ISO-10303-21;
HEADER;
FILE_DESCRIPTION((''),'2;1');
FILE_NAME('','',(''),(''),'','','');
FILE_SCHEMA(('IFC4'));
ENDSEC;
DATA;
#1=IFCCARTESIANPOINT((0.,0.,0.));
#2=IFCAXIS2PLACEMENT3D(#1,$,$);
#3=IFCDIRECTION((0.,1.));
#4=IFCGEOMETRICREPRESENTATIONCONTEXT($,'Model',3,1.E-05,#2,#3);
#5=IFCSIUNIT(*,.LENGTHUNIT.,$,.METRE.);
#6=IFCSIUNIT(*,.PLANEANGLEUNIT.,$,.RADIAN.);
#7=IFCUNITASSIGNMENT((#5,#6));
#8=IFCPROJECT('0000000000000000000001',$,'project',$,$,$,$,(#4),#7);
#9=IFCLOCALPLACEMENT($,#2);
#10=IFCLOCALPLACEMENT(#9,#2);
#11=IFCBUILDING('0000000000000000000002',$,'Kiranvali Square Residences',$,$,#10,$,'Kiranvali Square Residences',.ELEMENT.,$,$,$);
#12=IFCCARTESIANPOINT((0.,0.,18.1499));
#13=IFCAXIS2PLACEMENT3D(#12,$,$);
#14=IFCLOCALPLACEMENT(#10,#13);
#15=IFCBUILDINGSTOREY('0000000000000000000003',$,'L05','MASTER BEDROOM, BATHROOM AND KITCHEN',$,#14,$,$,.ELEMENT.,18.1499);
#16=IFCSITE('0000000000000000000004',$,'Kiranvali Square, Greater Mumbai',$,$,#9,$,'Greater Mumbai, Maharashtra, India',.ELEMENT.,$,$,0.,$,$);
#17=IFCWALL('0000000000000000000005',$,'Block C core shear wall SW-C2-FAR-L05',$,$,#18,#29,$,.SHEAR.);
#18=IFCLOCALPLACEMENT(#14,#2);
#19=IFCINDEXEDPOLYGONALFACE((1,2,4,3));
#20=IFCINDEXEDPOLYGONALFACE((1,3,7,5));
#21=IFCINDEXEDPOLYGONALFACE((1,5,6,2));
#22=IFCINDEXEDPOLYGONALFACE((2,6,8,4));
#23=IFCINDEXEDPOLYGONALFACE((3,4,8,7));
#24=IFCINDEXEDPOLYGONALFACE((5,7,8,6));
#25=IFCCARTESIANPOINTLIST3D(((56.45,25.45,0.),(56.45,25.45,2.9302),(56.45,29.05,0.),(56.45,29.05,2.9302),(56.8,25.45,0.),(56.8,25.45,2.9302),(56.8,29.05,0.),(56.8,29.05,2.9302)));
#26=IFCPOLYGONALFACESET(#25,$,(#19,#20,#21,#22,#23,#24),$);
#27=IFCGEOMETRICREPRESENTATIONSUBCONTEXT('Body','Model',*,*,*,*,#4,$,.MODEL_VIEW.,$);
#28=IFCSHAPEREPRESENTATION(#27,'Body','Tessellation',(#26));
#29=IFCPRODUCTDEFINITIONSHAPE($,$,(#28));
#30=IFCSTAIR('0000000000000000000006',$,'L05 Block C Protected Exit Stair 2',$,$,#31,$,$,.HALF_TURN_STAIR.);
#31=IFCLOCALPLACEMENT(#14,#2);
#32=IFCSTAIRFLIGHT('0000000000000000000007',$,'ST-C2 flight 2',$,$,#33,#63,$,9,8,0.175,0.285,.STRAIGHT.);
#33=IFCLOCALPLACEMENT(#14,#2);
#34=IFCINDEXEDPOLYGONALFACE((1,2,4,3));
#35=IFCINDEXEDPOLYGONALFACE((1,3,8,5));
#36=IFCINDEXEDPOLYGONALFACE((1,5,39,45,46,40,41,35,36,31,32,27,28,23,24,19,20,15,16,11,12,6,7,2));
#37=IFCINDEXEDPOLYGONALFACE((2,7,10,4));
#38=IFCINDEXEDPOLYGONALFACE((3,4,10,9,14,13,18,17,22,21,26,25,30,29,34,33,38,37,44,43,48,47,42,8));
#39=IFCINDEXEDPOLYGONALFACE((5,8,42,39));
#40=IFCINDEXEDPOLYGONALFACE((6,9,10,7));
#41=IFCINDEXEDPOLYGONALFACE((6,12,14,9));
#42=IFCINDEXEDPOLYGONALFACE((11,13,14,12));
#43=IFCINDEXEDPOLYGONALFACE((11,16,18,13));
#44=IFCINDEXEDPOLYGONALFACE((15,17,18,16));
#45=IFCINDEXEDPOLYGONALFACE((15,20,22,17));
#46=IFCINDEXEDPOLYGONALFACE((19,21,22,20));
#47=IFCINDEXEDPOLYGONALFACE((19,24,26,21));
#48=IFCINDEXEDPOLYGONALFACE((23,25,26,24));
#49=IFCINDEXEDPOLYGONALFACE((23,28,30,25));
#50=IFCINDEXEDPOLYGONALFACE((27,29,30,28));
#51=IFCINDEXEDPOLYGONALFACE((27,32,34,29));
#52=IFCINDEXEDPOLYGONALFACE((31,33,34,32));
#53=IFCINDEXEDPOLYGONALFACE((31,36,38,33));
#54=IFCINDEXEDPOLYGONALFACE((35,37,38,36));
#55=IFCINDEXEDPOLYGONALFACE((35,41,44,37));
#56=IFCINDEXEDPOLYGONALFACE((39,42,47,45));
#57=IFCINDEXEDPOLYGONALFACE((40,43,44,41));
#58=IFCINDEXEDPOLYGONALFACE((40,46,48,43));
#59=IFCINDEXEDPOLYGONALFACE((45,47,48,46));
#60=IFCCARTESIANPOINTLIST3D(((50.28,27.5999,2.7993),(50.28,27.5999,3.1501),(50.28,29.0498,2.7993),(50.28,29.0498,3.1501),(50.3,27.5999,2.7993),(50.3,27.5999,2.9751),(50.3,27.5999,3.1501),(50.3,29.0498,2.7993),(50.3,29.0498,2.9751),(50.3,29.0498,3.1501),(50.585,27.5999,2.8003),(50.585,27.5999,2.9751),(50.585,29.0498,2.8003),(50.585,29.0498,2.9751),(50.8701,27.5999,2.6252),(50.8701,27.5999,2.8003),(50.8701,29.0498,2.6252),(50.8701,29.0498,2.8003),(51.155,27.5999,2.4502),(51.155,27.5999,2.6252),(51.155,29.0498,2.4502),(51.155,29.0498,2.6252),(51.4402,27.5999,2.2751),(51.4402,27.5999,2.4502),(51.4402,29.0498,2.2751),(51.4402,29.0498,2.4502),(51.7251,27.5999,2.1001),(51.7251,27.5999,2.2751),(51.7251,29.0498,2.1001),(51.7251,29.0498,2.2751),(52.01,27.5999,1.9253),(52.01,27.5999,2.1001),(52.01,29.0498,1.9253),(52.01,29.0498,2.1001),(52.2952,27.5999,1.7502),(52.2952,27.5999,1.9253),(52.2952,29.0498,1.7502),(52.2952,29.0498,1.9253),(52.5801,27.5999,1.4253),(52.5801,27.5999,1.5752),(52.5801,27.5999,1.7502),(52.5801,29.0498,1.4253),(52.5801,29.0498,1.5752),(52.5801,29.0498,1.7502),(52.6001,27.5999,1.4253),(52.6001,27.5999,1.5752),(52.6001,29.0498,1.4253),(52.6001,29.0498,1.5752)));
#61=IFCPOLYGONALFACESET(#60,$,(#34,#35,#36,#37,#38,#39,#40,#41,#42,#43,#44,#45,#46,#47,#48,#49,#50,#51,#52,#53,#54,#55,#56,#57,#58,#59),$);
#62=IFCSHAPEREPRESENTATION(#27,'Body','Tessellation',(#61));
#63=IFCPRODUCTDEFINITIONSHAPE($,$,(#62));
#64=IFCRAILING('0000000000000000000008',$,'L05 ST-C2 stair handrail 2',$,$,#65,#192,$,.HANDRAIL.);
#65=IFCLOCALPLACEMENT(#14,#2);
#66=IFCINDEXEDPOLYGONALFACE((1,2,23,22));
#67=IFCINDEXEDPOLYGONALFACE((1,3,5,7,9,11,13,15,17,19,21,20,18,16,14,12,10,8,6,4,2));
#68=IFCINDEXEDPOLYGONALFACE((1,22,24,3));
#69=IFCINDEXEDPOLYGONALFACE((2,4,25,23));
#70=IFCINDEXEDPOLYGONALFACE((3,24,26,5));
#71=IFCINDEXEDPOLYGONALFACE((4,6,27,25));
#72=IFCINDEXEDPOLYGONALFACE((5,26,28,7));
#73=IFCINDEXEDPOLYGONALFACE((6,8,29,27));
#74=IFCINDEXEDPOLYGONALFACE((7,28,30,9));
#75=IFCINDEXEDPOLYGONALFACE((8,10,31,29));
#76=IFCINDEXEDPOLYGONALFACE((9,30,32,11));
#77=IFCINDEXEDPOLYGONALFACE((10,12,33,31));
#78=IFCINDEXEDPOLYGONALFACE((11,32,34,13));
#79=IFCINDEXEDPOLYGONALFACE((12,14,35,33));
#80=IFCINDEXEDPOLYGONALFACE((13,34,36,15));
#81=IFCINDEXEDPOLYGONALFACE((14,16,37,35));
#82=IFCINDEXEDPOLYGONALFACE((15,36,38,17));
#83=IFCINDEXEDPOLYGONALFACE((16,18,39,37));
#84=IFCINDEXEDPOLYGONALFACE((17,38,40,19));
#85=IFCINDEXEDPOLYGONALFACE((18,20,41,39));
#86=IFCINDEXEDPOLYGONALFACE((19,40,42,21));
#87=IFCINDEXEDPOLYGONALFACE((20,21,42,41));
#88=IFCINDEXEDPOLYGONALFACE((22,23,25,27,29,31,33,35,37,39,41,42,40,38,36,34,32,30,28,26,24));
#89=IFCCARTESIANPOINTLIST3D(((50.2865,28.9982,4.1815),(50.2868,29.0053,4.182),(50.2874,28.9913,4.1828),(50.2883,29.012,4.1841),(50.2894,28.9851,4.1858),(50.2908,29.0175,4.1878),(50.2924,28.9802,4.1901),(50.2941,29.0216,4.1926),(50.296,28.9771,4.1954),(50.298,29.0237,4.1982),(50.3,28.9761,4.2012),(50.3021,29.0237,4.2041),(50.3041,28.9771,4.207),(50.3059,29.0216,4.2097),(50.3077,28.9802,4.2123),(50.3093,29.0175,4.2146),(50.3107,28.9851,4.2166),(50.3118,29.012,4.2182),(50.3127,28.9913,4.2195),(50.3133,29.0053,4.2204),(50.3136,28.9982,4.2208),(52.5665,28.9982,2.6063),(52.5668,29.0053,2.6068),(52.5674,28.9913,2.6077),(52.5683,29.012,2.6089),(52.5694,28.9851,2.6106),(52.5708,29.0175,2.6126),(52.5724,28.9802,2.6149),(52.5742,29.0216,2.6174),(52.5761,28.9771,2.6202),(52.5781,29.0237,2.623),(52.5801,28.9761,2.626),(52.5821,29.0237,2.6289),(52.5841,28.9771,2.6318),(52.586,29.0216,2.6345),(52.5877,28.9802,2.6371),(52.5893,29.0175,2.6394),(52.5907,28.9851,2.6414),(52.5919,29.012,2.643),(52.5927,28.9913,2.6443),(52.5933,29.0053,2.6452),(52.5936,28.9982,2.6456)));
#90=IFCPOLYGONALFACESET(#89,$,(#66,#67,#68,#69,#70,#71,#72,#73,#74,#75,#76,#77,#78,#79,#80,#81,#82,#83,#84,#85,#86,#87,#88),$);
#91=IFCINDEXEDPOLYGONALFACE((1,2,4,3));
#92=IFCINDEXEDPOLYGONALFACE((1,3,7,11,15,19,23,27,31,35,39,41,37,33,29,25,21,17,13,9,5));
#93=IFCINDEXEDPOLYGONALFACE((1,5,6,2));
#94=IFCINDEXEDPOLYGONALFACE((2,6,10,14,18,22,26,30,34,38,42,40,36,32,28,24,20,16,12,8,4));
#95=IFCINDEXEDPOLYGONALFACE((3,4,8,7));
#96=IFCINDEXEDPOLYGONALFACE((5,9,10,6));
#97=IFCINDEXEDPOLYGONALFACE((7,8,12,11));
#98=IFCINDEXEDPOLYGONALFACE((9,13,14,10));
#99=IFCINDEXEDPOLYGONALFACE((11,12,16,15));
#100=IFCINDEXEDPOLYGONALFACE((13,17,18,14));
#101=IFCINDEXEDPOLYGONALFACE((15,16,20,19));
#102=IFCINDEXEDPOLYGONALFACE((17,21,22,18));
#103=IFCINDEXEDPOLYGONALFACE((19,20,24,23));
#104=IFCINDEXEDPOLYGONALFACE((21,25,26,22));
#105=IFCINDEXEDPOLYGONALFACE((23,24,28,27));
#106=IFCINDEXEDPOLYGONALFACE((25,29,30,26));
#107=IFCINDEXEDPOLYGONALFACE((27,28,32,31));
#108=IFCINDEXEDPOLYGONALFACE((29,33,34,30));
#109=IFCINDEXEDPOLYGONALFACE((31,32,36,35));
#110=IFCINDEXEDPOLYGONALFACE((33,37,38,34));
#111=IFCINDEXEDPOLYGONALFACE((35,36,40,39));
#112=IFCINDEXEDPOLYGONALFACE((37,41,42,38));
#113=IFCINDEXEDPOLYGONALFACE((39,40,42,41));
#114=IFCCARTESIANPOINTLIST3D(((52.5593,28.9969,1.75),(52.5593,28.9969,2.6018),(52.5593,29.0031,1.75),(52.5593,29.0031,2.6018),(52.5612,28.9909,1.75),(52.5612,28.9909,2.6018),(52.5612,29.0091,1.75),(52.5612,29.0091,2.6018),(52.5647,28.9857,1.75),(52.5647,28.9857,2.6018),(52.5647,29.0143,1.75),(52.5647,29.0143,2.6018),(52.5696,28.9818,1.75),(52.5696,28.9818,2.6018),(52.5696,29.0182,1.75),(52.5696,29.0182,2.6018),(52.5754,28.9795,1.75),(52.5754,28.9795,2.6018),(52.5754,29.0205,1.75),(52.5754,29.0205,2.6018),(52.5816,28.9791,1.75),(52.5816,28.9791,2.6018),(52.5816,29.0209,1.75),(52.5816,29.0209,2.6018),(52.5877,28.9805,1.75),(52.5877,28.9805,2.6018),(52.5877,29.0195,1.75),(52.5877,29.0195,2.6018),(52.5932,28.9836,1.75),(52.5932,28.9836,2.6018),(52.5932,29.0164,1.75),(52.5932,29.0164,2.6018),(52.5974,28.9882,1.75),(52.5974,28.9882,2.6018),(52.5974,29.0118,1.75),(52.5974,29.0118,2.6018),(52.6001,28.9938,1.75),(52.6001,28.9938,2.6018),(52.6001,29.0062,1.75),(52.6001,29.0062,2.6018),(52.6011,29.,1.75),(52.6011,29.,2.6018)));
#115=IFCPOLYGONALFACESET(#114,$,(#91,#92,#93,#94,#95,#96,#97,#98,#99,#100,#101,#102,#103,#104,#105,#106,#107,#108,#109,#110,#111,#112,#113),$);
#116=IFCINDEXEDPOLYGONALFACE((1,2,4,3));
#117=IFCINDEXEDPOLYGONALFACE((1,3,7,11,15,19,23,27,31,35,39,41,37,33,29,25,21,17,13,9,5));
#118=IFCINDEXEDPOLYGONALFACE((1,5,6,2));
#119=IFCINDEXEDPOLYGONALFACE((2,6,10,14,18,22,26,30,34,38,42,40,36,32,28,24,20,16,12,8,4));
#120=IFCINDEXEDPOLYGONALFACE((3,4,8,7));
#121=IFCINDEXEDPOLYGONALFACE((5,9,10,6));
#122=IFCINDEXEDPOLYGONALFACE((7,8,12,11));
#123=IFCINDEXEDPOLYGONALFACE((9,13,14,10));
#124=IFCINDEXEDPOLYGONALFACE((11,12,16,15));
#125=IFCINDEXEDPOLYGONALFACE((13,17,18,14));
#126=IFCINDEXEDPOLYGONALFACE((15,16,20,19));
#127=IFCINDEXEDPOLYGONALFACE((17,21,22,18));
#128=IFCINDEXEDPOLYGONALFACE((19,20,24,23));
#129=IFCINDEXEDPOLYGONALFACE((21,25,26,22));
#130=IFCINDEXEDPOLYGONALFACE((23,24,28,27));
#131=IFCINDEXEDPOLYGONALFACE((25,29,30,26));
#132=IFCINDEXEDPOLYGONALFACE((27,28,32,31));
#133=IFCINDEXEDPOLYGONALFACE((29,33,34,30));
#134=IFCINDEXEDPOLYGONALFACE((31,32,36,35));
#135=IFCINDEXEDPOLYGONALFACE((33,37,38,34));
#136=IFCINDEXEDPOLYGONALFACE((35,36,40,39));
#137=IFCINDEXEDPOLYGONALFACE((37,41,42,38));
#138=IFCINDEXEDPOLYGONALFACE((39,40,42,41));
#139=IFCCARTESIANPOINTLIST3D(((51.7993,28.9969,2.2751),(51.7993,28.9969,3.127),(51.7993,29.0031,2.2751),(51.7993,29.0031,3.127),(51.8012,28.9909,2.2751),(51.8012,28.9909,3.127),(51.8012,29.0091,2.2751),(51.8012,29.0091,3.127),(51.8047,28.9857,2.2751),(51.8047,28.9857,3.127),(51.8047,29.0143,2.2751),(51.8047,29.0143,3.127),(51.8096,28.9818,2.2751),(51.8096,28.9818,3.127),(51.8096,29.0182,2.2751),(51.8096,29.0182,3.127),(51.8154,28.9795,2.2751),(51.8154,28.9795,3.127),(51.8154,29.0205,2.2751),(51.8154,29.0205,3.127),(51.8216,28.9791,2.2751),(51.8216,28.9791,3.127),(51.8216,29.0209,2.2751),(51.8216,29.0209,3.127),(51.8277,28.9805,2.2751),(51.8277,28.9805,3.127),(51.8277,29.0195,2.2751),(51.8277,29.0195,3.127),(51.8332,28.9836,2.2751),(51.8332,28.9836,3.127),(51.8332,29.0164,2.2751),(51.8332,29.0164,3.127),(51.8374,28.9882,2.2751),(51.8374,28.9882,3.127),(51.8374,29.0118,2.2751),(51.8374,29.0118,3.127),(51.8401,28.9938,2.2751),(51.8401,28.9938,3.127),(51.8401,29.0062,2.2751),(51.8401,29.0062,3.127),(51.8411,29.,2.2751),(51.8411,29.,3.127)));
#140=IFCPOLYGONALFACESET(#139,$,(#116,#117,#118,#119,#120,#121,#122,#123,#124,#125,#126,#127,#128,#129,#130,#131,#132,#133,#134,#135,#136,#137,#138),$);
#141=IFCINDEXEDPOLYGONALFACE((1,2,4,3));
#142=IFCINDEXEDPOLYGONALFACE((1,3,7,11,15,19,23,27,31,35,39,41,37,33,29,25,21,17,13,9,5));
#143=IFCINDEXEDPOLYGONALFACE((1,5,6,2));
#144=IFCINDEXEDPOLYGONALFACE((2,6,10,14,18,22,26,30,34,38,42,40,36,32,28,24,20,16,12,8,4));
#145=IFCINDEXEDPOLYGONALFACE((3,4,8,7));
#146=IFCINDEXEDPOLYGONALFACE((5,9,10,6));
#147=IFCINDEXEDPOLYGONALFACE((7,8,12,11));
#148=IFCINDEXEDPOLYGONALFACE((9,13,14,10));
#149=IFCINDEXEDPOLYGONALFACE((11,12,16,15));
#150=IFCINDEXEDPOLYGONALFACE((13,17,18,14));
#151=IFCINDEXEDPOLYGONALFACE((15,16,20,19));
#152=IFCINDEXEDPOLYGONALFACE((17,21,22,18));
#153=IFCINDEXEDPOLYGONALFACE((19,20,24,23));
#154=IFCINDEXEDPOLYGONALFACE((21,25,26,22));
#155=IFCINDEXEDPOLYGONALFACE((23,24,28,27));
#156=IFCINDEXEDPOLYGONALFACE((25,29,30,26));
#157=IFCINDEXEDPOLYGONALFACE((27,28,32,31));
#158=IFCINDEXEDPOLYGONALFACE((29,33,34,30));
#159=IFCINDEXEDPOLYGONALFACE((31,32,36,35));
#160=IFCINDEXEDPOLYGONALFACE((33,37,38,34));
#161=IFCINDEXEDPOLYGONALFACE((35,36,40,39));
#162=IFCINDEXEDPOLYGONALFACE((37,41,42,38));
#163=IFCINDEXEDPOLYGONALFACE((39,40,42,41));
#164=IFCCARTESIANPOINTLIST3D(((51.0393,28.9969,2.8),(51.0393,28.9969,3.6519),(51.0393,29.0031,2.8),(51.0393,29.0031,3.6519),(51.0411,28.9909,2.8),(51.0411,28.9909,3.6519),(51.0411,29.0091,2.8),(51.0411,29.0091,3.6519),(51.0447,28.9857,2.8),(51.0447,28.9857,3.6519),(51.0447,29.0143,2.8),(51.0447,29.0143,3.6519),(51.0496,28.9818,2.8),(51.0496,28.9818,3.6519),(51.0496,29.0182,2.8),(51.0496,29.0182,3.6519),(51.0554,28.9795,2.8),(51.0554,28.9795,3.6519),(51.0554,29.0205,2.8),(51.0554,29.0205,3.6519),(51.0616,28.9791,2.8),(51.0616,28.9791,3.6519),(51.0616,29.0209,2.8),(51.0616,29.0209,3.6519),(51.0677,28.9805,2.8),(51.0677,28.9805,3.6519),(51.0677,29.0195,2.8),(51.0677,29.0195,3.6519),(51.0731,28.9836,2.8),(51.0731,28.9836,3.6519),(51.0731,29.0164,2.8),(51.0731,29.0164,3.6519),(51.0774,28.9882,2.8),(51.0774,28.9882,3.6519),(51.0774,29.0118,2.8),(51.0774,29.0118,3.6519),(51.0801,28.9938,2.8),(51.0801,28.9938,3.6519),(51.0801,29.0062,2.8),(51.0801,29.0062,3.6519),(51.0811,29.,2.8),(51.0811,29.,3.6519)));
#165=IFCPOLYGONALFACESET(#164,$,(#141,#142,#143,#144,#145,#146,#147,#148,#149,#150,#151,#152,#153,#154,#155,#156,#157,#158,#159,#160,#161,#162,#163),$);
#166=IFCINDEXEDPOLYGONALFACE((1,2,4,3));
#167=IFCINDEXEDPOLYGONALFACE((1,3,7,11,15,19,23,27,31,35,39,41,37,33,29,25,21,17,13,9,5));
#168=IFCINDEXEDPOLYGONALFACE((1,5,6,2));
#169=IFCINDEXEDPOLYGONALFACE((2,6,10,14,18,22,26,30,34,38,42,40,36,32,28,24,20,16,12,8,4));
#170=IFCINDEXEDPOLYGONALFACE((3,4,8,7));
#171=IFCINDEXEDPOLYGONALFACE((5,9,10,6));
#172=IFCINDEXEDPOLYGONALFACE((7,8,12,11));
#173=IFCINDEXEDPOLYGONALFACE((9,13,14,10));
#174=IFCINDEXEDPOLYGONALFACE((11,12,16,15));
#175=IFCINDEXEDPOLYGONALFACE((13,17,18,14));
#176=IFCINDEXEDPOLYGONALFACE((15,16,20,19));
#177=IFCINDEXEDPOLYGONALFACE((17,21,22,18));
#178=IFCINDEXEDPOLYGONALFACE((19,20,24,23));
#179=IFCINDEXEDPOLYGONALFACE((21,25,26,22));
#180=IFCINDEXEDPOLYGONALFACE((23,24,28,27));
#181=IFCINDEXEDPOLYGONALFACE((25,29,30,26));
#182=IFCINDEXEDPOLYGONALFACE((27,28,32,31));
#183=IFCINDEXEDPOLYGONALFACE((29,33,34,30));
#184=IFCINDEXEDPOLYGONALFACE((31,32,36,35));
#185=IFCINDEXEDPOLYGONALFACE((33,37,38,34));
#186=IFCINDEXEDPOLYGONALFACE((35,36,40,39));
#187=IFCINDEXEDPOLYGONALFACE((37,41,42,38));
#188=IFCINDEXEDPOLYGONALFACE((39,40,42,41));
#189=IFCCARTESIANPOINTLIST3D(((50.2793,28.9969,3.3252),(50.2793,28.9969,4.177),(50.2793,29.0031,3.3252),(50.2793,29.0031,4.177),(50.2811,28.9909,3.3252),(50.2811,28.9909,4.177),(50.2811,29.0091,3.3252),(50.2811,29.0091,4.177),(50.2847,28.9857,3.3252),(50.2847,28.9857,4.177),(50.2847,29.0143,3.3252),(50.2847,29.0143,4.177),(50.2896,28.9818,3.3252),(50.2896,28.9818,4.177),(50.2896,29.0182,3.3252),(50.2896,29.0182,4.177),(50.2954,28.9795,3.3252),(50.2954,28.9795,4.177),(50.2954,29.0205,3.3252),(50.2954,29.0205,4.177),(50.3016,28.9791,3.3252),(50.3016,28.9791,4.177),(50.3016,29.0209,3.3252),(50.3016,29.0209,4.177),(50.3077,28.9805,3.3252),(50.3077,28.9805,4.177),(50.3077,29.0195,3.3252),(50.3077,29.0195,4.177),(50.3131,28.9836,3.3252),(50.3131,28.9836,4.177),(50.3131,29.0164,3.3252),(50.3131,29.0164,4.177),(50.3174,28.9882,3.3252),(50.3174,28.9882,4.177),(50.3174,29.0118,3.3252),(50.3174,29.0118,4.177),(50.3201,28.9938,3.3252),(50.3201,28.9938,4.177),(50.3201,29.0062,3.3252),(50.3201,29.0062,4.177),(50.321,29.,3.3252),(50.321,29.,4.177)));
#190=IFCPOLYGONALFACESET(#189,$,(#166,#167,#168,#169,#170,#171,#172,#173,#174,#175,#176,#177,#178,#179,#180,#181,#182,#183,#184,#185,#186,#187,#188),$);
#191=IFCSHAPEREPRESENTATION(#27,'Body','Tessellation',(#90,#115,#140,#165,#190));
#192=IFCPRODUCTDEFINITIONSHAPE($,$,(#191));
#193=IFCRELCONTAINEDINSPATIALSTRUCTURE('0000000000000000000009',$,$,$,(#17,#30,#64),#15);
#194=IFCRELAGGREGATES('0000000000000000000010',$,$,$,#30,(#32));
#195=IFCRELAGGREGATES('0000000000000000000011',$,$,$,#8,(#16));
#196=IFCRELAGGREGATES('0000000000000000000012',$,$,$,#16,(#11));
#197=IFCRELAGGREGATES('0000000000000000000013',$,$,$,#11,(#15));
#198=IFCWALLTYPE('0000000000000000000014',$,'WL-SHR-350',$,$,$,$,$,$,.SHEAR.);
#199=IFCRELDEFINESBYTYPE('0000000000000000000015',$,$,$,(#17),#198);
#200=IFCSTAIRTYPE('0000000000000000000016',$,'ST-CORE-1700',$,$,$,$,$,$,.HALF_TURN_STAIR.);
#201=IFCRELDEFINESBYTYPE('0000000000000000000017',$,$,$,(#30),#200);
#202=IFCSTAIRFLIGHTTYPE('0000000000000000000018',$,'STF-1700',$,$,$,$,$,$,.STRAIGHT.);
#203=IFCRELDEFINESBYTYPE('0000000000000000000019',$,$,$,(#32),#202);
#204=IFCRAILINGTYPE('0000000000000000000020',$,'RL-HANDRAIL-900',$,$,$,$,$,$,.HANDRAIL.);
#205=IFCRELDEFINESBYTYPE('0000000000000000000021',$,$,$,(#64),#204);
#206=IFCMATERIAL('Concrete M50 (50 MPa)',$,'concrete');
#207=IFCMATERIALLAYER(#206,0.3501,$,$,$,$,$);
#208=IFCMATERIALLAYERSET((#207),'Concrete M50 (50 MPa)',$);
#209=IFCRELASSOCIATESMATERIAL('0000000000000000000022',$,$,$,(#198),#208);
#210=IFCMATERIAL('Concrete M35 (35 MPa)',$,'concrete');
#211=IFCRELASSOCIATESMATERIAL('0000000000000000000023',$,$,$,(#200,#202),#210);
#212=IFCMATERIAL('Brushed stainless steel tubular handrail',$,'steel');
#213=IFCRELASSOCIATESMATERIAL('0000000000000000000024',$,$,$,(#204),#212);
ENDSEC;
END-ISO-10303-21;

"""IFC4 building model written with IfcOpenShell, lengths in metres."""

from ifc_helpers import new_model, si_unit, direction, frame, frame_2d, origin, origin_2d, place, context, subcontext, project, spatial, polyline, rectangle, circle, outline, extrude, material, layer, layer_set, type_object, element, aggregate, save


model = new_model("IFC4")

# Units and contexts
model_context = context("Model", 3, precision=1e-05, world=origin(), true_north=direction((0.0, 1.0)))
body_context = subcontext(model_context, "Body", "Model", "MODEL_VIEW")
ifc_project = project(units=[si_unit("LENGTHUNIT", "METRE"), si_unit("PLANEANGLEUNIT", "RADIAN")], contexts=[model_context])

# Site, building, storey
site_placement = place(None, origin())
site = spatial("IfcSite", under=ifc_project, at=site_placement, Name="Kiranvali Square, Greater Mumbai", LongName="Greater Mumbai, Maharashtra, India", CompositionType="ELEMENT", RefElevation=0.0)
building_placement = place(site_placement, origin())
building = spatial("IfcBuilding", under=site, at=building_placement, Name="Kiranvali Square Residences", LongName="Kiranvali Square Residences", CompositionType="ELEMENT")
storey_placement = place(building_placement, frame((0.0, 0.0, 18.1499)))
storey = spatial("IfcBuildingStorey", under=building, at=storey_placement, Name="L05", Description="MASTER BEDROOM, BATHROOM AND KITCHEN", CompositionType="ELEMENT", Elevation=18.1499)

# Wall
ifc_material_1 = material(Name="Concrete M50 (50 MPa)", Category="concrete")
ifc_layer_1 = layer(ifc_material_1, 0.3501)
ifc_layer_set_1 = layer_set([ifc_layer_1], Name="Concrete M50 (50 MPa)")
wall_type_1 = type_object("IfcWallType", Name="WL-SHR-350", PredefinedType="SHEAR", material=ifc_layer_set_1)
wall_1_placement = place(storey_placement, frame((56.625, 29.05, 0.0), z_axis=(0.0, 0.0, 1.0), x_axis=(0.0, -1.0, 0.0)))
element("IfcWall", 1, at=wall_1_placement, inside=storey, type_object=wall_type_1, Name="Block C core shear wall SW-C2-FAR-L05", PredefinedType="SHEAR", context=body_context, shape_type="SweptSolid", body=[
    extrude(rectangle(XDim=3.6001, YDim=0.3501, at=frame_2d((1.8, 0.0))), origin(), (0.0, 0.0, 1.0), 2.9302),
])

# Stair, stair flight
ifc_material_2 = material(Name="Concrete M35 (35 MPa)", Category="concrete")
stair_type = type_object("IfcStairType", Name="ST-CORE-1700", PredefinedType="HALF_TURN_STAIR", material=ifc_material_2)
stair_placement = place(storey_placement, origin())
stair = element("IfcStair", 2, at=stair_placement, inside=storey, type_object=stair_type, Name="L05 Block C Protected Exit Stair 2", PredefinedType="HALF_TURN_STAIR")
stair_flight_type = type_object("IfcStairFlightType", Name="STF-1700", PredefinedType="STRAIGHT", material=ifc_material_2)
stair_flight_placement = place(storey_placement, frame((52.5801, 28.325, 1.5752), z_axis=(0.0, 0.0, 1.0), x_axis=(-1.0, 0.0, 0.0)))
stair_flight = element("IfcStairFlight", 3, at=stair_flight_placement, type_object=stair_flight_type, Name="ST-C2 flight 2", NumberOfRisers=9, NumberOfTreads=8, PredefinedType="STRAIGHT", RiserHeight=0.175, TreadLength=0.285, context=body_context, shape_type="SweptSolid", body=[
    extrude(outline(polyline([(-0.02, -0.1499), (-0.02, 0.0), (0.0, 0.0), (0.0, 0.175), (0.2849, 0.175), (0.2849, 0.3501), (0.5701, 0.3501), (0.5701, 0.5249), (0.855, 0.5249), (0.855, 0.7), (1.1399, 0.7), (1.1399, 0.875), (1.425, 0.875), (1.425, 1.05), (1.71, 1.05), (1.71, 1.2251), (1.9951, 1.2251), (1.9951, 1.3999), (2.28, 1.3999), (2.28, 1.575), (2.3, 1.575), (2.3, 1.2241), (2.28, 1.2241), (0.0, -0.1499), (-0.02, -0.1499)])), frame((0.0, 0.7251, 0.0), z_axis=(0.0, -1.0, 0.0), x_axis=(1.0, 0.0, 0.0)), (0.0, 0.0, 1.0), 1.45),
])
aggregate(stair, [stair_flight])

# Railing
ifc_material_3 = material(Name="Brushed stainless steel tubular handrail", Category="steel")
railing_type_1 = type_object("IfcRailingType", Name="RL-HANDRAIL-900", PredefinedType="HANDRAIL", material=ifc_material_3)
railing_1_placement = place(storey_placement, frame((52.5801, 29.0, 1.75)))
element("IfcRailing", 4, at=railing_1_placement, inside=storey, type_object=railing_type_1, Name="L05 ST-C2 stair handrail 2", PredefinedType="HANDRAIL", context=body_context, shape_type="SweptSolid", body=[
    extrude(circle(Radius=0.0239, at=origin_2d()), frame((0.0, 0.0, 0.876), z_axis=(-0.822747, 0.0, 0.568408), x_axis=(0.0, -1.0, 0.0)), (0.0, 0.0, 1.0), 2.7712),
    extrude(circle(Radius=0.021, at=origin_2d()), origin(), (0.0, 0.0, 1.0), 0.8518),
    extrude(circle(Radius=0.021, at=origin_2d()), frame((-0.76, 0.0, 0.5251)), (0.0, 0.0, 1.0), 0.8518),
    extrude(circle(Radius=0.021, at=origin_2d()), frame((-1.52, 0.0, 1.05)), (0.0, 0.0, 1.0), 0.8518),
    extrude(circle(Radius=0.021, at=origin_2d()), frame((-2.28, 0.0, 1.5752)), (0.0, 0.0, 1.0), 0.8518),
])

save(model, "model.ifc")
